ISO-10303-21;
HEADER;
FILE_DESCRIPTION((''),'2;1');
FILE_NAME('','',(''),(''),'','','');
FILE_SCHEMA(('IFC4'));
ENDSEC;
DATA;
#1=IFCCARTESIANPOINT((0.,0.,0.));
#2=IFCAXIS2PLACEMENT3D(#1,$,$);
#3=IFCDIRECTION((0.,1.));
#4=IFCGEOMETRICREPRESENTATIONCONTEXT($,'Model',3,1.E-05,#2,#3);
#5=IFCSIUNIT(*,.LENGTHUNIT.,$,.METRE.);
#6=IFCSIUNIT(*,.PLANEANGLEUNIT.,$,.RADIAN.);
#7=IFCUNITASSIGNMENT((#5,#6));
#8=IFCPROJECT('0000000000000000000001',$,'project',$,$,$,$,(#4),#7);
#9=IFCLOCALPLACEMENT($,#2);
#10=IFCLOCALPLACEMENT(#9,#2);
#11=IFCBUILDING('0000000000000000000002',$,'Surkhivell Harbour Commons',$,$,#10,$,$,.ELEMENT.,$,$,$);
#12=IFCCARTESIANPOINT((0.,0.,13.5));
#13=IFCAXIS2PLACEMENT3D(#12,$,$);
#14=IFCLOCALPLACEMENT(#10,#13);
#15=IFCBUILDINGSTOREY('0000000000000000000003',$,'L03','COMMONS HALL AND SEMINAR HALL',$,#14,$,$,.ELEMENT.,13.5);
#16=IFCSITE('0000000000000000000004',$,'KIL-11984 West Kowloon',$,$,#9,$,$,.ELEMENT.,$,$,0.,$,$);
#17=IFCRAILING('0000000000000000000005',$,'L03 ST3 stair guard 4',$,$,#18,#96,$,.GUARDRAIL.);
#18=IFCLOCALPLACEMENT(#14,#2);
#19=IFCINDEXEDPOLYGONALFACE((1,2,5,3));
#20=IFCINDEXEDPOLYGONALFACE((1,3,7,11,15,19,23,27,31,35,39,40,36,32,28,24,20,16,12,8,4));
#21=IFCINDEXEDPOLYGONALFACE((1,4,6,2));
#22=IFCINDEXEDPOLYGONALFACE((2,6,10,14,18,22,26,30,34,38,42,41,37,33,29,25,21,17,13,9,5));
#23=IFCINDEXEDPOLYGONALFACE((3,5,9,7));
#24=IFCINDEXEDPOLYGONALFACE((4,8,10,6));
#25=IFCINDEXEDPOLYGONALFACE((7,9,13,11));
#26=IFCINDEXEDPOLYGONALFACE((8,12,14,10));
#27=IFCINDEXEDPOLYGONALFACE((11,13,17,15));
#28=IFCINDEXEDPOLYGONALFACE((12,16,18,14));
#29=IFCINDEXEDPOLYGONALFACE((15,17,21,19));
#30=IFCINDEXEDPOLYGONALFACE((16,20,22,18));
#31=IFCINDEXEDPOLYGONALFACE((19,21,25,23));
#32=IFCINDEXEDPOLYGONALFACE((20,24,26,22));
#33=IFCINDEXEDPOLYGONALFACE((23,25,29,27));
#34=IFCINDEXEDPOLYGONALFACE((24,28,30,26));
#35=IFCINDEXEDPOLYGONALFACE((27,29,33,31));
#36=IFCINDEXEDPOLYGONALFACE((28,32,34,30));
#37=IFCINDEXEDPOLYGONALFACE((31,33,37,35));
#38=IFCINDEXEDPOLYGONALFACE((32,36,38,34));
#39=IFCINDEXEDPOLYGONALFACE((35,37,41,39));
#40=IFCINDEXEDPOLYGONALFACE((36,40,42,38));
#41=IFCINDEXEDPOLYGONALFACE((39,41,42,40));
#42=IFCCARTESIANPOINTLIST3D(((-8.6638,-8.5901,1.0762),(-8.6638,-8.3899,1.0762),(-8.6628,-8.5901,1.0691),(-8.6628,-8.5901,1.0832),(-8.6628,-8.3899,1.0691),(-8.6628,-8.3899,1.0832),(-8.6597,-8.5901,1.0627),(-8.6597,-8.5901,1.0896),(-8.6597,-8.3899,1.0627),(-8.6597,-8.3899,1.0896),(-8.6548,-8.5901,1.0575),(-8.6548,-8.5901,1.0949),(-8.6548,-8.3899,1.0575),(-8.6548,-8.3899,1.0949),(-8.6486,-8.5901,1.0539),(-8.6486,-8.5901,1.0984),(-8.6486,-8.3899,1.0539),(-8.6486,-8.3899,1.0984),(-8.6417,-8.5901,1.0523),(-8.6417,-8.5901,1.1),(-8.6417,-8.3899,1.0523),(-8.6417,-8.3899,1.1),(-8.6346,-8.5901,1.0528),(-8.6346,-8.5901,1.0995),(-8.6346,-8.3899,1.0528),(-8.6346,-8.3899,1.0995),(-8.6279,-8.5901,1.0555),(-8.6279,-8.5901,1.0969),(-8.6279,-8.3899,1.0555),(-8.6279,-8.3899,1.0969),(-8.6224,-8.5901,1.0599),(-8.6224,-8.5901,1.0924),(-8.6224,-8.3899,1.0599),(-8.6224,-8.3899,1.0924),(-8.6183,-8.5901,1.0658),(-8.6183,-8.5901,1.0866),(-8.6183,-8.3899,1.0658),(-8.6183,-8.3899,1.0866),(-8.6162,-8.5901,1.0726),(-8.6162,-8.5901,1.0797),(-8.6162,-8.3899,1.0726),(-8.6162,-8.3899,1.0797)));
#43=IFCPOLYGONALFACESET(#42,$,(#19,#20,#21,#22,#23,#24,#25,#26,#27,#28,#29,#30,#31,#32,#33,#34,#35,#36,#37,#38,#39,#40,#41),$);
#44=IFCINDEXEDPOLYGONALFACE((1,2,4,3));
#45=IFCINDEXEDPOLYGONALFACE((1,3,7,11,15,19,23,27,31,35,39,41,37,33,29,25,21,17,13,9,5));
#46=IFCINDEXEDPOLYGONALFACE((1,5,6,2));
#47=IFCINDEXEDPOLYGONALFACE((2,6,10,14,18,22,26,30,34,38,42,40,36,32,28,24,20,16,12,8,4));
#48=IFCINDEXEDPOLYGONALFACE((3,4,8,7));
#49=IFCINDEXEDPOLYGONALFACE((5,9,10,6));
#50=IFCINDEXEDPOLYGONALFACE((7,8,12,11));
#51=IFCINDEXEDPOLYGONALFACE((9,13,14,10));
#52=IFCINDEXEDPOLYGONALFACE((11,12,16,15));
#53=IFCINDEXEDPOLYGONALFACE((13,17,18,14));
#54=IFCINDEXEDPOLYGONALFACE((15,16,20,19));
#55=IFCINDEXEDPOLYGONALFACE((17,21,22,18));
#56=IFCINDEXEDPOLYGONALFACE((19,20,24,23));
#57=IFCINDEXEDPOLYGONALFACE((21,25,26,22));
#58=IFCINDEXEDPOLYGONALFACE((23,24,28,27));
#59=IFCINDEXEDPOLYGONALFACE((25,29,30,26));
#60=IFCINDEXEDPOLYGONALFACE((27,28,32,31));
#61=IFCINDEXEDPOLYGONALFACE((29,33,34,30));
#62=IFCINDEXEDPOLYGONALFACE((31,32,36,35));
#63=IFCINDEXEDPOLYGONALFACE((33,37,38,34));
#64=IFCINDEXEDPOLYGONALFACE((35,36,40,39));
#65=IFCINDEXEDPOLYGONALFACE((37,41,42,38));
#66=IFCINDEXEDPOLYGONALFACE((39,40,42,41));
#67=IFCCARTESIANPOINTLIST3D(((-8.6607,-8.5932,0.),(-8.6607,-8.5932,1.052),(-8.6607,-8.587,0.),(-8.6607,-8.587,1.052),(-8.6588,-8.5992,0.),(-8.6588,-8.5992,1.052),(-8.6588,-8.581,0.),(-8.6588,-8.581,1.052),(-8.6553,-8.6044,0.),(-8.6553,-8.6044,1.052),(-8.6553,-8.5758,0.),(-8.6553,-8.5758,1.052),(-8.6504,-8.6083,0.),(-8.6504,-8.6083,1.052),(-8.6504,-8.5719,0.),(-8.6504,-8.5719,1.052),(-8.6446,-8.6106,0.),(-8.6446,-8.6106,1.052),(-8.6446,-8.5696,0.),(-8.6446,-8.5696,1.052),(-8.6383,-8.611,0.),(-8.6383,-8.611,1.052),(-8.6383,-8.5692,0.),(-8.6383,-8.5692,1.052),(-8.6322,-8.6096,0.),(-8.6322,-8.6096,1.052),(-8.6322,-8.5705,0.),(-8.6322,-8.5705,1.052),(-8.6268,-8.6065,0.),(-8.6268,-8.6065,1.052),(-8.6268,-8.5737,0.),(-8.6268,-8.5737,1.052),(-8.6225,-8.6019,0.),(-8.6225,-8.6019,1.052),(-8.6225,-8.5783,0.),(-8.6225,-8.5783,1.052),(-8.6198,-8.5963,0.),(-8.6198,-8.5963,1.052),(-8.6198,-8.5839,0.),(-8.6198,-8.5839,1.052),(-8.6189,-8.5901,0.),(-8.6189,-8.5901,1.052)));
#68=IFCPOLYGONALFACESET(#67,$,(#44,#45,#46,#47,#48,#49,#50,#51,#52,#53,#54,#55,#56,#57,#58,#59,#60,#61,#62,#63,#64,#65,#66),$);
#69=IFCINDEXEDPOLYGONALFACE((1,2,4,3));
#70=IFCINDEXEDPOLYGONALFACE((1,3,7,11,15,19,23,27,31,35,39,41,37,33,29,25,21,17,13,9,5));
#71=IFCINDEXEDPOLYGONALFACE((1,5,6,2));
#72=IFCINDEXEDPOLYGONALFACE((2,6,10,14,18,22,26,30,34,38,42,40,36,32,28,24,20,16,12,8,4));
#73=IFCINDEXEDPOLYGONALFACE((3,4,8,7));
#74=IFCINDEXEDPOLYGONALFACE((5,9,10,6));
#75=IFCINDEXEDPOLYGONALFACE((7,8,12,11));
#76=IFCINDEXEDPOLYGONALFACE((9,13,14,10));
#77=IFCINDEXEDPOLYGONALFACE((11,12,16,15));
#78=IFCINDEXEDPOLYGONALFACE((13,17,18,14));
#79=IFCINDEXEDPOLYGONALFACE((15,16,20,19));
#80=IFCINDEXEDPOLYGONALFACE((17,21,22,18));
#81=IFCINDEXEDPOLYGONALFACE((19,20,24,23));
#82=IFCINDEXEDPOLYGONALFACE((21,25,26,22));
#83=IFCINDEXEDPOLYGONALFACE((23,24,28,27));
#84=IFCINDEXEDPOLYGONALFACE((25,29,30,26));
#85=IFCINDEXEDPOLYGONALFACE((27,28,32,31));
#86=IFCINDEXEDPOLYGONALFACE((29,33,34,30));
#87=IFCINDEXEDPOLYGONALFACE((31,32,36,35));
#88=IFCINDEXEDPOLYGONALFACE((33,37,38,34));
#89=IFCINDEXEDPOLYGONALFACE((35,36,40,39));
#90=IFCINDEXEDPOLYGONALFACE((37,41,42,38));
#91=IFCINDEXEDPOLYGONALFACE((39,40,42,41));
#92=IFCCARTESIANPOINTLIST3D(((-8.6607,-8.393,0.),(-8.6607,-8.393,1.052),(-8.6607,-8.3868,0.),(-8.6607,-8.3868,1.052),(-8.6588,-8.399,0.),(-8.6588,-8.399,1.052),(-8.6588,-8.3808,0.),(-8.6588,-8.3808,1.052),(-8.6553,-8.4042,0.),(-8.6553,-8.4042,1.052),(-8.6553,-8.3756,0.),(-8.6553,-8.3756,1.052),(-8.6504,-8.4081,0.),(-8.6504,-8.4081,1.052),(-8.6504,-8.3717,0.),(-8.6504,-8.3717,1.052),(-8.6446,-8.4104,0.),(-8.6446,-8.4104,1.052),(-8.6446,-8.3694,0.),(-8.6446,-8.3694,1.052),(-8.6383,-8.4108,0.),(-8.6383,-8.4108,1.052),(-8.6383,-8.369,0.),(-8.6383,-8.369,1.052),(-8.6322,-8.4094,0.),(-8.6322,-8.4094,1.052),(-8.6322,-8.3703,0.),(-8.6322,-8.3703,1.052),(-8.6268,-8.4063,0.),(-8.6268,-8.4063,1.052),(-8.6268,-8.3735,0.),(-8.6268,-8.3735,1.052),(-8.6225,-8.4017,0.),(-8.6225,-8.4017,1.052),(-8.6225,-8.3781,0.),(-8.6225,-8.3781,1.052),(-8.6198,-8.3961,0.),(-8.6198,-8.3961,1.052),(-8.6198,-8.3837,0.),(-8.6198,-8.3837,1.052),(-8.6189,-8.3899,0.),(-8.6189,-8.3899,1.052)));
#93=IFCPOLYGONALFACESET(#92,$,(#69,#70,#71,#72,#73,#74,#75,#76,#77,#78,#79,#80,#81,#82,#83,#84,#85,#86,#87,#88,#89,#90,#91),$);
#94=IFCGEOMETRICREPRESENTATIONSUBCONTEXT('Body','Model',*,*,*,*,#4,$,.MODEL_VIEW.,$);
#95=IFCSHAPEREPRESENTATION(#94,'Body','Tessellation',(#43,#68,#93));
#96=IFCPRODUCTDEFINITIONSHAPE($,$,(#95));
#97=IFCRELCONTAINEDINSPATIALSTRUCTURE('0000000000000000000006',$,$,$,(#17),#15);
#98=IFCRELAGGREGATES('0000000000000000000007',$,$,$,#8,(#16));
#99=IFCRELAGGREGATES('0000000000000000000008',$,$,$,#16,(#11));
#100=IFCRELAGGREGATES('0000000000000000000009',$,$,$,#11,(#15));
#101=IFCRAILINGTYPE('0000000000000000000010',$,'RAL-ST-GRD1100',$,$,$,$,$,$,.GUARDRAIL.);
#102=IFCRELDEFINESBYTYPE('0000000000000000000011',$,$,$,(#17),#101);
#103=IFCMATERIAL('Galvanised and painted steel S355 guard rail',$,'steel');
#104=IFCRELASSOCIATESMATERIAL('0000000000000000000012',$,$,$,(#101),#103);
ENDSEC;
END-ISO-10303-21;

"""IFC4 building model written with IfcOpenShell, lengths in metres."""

from ifc_helpers import new_model, si_unit, direction, frame, origin, origin_2d, place, context, subcontext, project, spatial, circle, extrude, material, type_object, element, save


model = new_model("IFC4")

# Units and contexts
model_context = context("Model", 3, precision=1e-05, world=origin(), true_north=direction((0.0, 1.0)))
body_context = subcontext(model_context, "Body", "Model", "MODEL_VIEW")
ifc_project = project(units=[si_unit("LENGTHUNIT", "METRE"), si_unit("PLANEANGLEUNIT", "RADIAN")], contexts=[model_context])

# Site, building, storey
site_placement = place(None, origin())
site = spatial("IfcSite", under=ifc_project, at=site_placement, Name="KIL-11984 West Kowloon", CompositionType="ELEMENT", RefElevation=0.0)
building_placement = place(site_placement, origin())
building = spatial("IfcBuilding", under=site, at=building_placement, Name="Surkhivell Harbour Commons", CompositionType="ELEMENT")
storey_placement = place(building_placement, frame((0.0, 0.0, 13.5)))
storey = spatial("IfcBuildingStorey", under=building, at=storey_placement, Name="L03", Description="COMMONS HALL AND SEMINAR HALL", CompositionType="ELEMENT", Elevation=13.5)

# Railing
ifc_material_1 = material(Name="Galvanised and painted steel S355 guard rail", Category="steel")
railing_type_1 = type_object("IfcRailingType", Name="RAL-ST-GRD1100", PredefinedType="GUARDRAIL", material=ifc_material_1)
railing_1_placement = place(storey_placement, frame((-8.6399, -8.5901, 0.0)))
element("IfcRailing", 1, at=railing_1_placement, inside=storey, type_object=railing_type_1, Name="L03 ST3 stair guard 4", PredefinedType="GUARDRAIL", context=body_context, shape_type="SweptSolid", body=[
    extrude(circle(Radius=0.0239, at=origin_2d()), frame((0.0, 0.0, 1.0762), z_axis=(0.0, 1.0, 0.0), x_axis=(-1.0, 0.0, 0.0)), (0.0, 0.0, 1.0), 0.2002),
    extrude(circle(Radius=0.021, at=origin_2d()), origin(), (0.0, 0.0, 1.0), 1.052),
    extrude(circle(Radius=0.021, at=origin_2d()), frame((0.0, 0.2002, 0.0)), (0.0, 0.0, 1.0), 1.052),
])

save(model, "model.ifc")
